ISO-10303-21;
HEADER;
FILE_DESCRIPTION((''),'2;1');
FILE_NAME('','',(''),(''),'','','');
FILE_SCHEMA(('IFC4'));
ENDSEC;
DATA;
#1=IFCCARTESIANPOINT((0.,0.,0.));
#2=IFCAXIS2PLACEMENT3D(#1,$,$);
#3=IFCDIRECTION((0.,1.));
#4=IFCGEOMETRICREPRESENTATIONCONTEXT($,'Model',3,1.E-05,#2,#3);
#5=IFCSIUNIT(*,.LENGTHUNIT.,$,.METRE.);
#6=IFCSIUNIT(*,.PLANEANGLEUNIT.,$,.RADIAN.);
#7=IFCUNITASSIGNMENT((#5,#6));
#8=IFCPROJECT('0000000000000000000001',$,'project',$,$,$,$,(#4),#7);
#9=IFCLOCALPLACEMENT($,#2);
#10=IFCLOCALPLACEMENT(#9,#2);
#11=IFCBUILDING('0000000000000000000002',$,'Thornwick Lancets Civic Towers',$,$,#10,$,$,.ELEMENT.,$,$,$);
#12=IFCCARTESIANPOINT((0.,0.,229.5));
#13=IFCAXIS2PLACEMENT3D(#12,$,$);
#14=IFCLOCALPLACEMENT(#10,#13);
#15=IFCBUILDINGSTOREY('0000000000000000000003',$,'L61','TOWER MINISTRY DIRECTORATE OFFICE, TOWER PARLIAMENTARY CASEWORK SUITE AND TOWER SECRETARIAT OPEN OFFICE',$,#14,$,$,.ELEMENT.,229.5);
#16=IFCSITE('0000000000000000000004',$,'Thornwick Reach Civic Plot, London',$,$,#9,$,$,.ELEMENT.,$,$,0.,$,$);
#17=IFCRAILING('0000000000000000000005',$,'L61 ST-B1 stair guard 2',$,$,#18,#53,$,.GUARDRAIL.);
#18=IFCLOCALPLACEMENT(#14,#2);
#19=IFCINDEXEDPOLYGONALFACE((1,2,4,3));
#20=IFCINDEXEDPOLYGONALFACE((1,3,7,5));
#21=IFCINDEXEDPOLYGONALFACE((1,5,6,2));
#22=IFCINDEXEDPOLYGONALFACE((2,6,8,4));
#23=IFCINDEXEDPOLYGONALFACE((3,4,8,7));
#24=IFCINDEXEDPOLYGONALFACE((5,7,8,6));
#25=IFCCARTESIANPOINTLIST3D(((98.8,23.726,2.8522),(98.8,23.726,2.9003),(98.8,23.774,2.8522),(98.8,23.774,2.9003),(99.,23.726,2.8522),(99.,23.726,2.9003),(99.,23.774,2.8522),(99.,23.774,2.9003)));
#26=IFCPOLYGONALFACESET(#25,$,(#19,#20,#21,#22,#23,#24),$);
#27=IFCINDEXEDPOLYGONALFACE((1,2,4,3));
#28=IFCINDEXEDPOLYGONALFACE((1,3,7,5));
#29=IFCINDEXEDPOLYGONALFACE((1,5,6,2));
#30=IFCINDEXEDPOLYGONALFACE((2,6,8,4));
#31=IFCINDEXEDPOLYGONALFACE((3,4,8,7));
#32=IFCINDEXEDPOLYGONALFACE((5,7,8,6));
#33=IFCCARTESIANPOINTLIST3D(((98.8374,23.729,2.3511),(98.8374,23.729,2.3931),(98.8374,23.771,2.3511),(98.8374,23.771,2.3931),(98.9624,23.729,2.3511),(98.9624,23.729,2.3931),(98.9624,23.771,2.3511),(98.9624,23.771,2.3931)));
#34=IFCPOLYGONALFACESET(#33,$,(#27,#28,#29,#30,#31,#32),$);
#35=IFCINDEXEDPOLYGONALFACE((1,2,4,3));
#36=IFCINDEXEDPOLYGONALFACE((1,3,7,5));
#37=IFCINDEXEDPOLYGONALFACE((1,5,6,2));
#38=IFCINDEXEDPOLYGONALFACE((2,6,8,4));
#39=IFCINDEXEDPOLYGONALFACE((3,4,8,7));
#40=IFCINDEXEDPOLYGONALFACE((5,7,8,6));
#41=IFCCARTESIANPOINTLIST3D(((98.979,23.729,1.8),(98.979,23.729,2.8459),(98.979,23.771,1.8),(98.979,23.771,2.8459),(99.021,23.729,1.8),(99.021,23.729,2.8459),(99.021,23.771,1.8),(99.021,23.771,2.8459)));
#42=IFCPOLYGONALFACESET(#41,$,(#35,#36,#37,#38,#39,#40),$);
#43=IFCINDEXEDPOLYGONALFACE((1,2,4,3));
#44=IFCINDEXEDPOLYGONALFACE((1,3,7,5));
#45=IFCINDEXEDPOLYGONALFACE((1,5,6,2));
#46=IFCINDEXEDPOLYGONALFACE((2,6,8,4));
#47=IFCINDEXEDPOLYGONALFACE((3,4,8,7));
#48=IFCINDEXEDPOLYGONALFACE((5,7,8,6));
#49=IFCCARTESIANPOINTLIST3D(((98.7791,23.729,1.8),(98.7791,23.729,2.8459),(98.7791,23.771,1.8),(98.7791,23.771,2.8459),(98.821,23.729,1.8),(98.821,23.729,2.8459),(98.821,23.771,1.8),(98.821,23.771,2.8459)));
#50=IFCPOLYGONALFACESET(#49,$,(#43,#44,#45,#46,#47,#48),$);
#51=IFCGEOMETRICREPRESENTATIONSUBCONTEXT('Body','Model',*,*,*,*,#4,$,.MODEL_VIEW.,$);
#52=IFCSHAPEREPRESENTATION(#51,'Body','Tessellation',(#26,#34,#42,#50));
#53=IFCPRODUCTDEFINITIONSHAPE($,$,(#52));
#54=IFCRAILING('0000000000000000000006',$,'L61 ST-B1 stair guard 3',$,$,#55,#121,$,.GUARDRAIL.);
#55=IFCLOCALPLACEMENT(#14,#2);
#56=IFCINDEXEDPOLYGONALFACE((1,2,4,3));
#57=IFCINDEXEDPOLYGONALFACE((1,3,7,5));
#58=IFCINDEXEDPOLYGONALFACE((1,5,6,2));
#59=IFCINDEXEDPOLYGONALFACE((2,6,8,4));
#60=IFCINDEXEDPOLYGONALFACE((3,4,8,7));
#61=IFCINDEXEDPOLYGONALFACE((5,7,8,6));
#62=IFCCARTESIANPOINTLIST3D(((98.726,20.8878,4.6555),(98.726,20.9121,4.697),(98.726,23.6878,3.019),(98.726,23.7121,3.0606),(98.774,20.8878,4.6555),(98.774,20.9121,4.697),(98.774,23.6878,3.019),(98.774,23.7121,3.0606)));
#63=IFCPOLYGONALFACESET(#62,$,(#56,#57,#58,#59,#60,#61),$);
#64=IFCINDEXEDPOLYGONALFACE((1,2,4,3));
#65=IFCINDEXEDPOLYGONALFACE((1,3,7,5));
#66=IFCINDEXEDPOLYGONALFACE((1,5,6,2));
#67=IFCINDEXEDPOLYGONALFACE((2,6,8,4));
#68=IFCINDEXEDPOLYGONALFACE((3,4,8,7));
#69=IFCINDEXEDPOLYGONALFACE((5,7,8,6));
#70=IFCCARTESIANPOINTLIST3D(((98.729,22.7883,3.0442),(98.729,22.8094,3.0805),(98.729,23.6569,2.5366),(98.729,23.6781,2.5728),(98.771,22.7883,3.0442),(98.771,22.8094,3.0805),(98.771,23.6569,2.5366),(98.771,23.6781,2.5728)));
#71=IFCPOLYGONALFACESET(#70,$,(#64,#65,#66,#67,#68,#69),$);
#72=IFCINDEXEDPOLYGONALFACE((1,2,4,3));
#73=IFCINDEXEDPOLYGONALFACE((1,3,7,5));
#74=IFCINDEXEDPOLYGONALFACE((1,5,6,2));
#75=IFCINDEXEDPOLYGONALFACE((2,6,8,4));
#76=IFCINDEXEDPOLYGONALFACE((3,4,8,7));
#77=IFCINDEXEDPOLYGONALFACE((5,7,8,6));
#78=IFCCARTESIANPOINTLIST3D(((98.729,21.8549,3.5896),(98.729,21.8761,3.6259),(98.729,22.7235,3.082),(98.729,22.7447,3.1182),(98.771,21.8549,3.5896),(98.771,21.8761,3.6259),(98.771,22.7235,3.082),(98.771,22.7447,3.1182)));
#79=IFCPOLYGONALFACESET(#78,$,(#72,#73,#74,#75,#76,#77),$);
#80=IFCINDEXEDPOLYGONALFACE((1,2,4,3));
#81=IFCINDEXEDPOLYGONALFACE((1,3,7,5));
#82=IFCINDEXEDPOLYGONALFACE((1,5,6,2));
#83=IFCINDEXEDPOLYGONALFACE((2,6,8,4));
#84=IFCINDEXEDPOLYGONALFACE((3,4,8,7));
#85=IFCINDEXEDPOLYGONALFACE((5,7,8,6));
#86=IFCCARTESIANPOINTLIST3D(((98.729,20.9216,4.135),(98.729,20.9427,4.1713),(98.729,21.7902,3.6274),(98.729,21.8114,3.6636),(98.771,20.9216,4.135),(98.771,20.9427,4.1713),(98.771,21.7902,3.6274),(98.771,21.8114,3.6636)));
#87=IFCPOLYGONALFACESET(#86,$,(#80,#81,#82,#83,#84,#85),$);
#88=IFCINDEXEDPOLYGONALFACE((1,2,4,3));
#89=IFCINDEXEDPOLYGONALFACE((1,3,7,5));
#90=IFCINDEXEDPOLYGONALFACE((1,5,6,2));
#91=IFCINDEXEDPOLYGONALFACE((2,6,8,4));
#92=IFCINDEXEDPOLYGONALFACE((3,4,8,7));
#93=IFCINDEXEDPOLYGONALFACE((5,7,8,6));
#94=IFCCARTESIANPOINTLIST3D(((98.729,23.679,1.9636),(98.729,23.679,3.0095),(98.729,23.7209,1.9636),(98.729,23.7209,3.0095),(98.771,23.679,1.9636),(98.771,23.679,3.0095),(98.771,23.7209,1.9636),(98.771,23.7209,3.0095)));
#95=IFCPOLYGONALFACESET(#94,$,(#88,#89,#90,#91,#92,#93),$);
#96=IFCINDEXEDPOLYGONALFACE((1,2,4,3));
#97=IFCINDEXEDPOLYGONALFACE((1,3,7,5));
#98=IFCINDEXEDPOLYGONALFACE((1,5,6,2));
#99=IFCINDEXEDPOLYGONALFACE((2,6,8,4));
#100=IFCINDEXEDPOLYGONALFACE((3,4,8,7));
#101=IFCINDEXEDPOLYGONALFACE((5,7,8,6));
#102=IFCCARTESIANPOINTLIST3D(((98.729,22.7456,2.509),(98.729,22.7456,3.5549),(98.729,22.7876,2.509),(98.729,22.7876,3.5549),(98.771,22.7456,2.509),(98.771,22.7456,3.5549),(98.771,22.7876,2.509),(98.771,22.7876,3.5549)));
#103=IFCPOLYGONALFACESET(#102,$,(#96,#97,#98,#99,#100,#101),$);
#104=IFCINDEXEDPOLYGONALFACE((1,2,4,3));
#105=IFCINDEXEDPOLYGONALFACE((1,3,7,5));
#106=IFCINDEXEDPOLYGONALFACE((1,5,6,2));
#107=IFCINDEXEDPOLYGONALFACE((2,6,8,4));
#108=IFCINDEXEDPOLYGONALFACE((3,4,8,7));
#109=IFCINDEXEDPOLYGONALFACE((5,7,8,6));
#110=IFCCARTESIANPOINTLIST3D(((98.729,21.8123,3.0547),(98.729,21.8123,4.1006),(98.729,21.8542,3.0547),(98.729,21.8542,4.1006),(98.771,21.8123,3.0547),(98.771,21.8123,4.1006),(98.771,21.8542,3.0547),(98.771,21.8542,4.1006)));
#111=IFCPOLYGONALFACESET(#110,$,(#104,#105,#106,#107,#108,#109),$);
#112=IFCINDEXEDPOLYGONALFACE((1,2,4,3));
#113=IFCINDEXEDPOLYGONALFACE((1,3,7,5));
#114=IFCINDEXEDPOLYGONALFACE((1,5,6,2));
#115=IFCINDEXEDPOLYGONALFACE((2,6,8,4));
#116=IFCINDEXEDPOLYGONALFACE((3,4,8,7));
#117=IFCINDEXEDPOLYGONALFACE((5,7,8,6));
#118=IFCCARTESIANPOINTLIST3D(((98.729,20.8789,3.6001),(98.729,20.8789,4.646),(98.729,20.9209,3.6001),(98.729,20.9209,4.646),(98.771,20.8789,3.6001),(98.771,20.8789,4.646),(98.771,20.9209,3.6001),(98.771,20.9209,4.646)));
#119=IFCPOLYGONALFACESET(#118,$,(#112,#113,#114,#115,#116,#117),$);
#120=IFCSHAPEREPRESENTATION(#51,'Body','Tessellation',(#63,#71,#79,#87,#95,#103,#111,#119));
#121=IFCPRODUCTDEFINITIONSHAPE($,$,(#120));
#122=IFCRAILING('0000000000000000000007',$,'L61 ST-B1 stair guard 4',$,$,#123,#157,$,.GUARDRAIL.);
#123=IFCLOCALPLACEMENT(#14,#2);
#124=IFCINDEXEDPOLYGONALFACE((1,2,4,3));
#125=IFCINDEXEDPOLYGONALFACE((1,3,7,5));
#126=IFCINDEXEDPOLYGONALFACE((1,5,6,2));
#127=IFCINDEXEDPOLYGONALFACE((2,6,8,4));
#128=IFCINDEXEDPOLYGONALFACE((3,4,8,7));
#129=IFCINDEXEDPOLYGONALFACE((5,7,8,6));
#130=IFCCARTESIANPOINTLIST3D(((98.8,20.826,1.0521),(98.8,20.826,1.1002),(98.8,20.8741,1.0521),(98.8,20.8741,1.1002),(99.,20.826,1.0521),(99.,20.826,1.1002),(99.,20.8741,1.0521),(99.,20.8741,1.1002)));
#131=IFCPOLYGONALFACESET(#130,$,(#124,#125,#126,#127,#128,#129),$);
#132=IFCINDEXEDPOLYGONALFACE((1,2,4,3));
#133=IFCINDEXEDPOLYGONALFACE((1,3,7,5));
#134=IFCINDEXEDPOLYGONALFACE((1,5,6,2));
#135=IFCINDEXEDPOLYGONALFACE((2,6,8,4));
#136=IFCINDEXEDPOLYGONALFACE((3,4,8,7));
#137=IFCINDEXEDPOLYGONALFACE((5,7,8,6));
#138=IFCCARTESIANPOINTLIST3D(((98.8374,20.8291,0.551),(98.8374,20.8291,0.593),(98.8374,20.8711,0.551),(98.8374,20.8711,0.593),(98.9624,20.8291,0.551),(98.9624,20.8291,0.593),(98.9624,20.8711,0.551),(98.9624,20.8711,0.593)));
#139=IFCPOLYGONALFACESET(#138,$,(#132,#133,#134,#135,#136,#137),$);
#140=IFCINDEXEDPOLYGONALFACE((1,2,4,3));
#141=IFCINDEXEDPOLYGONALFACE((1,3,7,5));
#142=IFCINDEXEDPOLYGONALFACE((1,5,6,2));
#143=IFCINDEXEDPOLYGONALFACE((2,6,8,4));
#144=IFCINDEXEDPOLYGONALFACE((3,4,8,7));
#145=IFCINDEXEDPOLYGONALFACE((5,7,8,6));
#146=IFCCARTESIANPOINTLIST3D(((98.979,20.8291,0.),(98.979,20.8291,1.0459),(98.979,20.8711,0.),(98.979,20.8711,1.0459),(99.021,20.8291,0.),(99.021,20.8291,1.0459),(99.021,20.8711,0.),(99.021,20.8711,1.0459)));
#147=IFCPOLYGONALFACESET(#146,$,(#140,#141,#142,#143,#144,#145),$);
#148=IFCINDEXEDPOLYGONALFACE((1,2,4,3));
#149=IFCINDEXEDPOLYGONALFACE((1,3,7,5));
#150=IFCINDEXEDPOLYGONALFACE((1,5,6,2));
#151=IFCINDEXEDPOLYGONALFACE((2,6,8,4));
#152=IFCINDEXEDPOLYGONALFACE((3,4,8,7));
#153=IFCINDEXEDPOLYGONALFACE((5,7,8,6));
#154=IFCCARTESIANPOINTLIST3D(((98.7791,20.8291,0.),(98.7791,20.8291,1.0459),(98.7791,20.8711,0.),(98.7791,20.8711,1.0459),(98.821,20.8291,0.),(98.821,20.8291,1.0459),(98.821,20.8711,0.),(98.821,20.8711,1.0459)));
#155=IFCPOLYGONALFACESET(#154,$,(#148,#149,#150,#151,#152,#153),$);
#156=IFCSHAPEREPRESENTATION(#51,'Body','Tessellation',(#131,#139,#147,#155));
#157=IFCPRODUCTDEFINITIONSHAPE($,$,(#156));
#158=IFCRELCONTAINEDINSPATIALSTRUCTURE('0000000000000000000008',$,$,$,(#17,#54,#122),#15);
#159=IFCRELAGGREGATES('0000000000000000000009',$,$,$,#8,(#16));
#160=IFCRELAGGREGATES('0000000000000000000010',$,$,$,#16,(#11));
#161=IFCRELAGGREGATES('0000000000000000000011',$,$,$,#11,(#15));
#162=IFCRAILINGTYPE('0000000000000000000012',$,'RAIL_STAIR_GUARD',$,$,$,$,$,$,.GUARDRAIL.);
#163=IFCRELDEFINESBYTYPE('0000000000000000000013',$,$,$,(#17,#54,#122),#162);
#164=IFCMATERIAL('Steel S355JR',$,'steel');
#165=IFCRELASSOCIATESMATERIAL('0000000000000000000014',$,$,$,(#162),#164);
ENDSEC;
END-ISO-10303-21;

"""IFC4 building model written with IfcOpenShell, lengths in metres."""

from ifc_helpers import new_model, si_unit, direction, frame, origin, origin_2d, place, context, subcontext, project, spatial, rectangle, extrude, material, type_object, element, save


model = new_model("IFC4")

# Units and contexts
model_context = context("Model", 3, precision=1e-05, world=origin(), true_north=direction((0.0, 1.0)))
body_context = subcontext(model_context, "Body", "Model", "MODEL_VIEW")
ifc_project = project(units=[si_unit("LENGTHUNIT", "METRE"), si_unit("PLANEANGLEUNIT", "RADIAN")], contexts=[model_context])

# Site, building, storey
site_placement = place(None, origin())
site = spatial("IfcSite", under=ifc_project, at=site_placement, Name="Thornwick Reach Civic Plot, London", CompositionType="ELEMENT", RefElevation=0.0)
building_placement = place(site_placement, origin())
building = spatial("IfcBuilding", under=site, at=building_placement, Name="Thornwick Lancets Civic Towers", CompositionType="ELEMENT")
storey_placement = place(building_placement, frame((0.0, 0.0, 229.5)))
storey = spatial("IfcBuildingStorey", under=building, at=storey_placement, Name="L61", Description="TOWER MINISTRY DIRECTORATE OFFICE, TOWER PARLIAMENTARY CASEWORK SUITE AND TOWER SECRETARIAT OPEN OFFICE", CompositionType="ELEMENT", Elevation=229.5)

# Shared definitions
ifc_material_1 = material(Name="Steel S355JR", Category="steel")

# Railings
railing_type_1 = type_object("IfcRailingType", Name="RAIL_STAIR_GUARD", PredefinedType="GUARDRAIL", material=ifc_material_1)
railing_1_placement = place(storey_placement, frame((99.0, 23.75, 1.8)))
element("IfcRailing", 1, at=railing_1_placement, inside=storey, type_object=railing_type_1, Name="L61 ST-B1 stair guard 2", PredefinedType="GUARDRAIL", context=body_context, shape_type="SweptSolid", body=[
    extrude(rectangle(XDim=0.0481, YDim=0.0481, at=origin_2d()), frame((0.0, 0.0, 1.0762), z_axis=(-1.0, 0.0, 0.0), x_axis=(0.0, -1.0, 0.0)), (0.0, 0.0, 1.0), 0.2),
    extrude(rectangle(XDim=0.042, YDim=0.042, at=origin_2d()), frame((-0.0376, 0.0, 0.572), z_axis=(-1.0, 0.0, 0.0), x_axis=(0.0, -1.0, 0.0)), (0.0, 0.0, 1.0), 0.125),
    extrude(rectangle(XDim=0.042, YDim=0.042, at=origin_2d()), origin(), (0.0, 0.0, 1.0), 1.0459),
    extrude(rectangle(XDim=0.042, YDim=0.042, at=origin_2d()), frame((-0.2, 0.0, 0.0)), (0.0, 0.0, 1.0), 1.0459),
])
railing_2_placement = place(storey_placement, frame((98.75, 23.7, 1.9636)))
element("IfcRailing", 2, at=railing_2_placement, inside=storey, type_object=railing_type_1, Name="L61 ST-B1 stair guard 3", PredefinedType="GUARDRAIL", context=body_context, shape_type="SweptSolid", body=[
    extrude(rectangle(XDim=0.0481, YDim=0.0481, at=origin_2d()), frame((0.0, 0.0, 1.0762), z_axis=(0.0, -0.863361, 0.504587), x_axis=(1.0, 0.0, 0.0)), (0.0, 0.0, 1.0), 3.2432),
    extrude(rectangle(XDim=0.042, YDim=0.042, at=origin_2d()), frame((0.0, -0.0325, 0.5911), z_axis=(0.0, -0.863361, 0.504587), x_axis=(1.0, 0.0, 0.0)), (0.0, 0.0, 1.0), 1.0061),
    extrude(rectangle(XDim=0.042, YDim=0.042, at=origin_2d()), frame((0.0, -0.9658, 1.1365), z_axis=(0.0, -0.863361, 0.504587), x_axis=(1.0, 0.0, 0.0)), (0.0, 0.0, 1.0), 1.0061),
    extrude(rectangle(XDim=0.042, YDim=0.042, at=origin_2d()), frame((0.0, -1.8992, 1.6819), z_axis=(0.0, -0.863361, 0.504587), x_axis=(1.0, 0.0, 0.0)), (0.0, 0.0, 1.0), 1.0061),
    extrude(rectangle(XDim=0.042, YDim=0.042, at=origin_2d()), origin(), (0.0, 0.0, 1.0), 1.0459),
    extrude(rectangle(XDim=0.042, YDim=0.042, at=origin_2d()), frame((0.0, -0.9333, 0.5454)), (0.0, 0.0, 1.0), 1.0459),
    extrude(rectangle(XDim=0.042, YDim=0.042, at=origin_2d()), frame((0.0, -1.8667, 1.0911)), (0.0, 0.0, 1.0), 1.0459),
    extrude(rectangle(XDim=0.042, YDim=0.042, at=origin_2d()), frame((0.0, -2.8, 1.6365)), (0.0, 0.0, 1.0), 1.0459),
])
railing_3_placement = place(storey_placement, frame((99.0, 20.8501, 0.0)))
element("IfcRailing", 3, at=railing_3_placement, inside=storey, type_object=railing_type_1, Name="L61 ST-B1 stair guard 4", PredefinedType="GUARDRAIL", context=body_context, shape_type="SweptSolid", body=[
    extrude(rectangle(XDim=0.0481, YDim=0.0481, at=origin_2d()), frame((0.0, 0.0, 1.0762), z_axis=(-1.0, 0.0, 0.0), x_axis=(0.0, -1.0, 0.0)), (0.0, 0.0, 1.0), 0.2),
    extrude(rectangle(XDim=0.042, YDim=0.042, at=origin_2d()), frame((-0.0376, 0.0, 0.572), z_axis=(-1.0, 0.0, 0.0), x_axis=(0.0, -1.0, 0.0)), (0.0, 0.0, 1.0), 0.125),
    extrude(rectangle(XDim=0.042, YDim=0.042, at=origin_2d()), origin(), (0.0, 0.0, 1.0), 1.0459),
    extrude(rectangle(XDim=0.042, YDim=0.042, at=origin_2d()), frame((-0.2, 0.0, 0.0)), (0.0, 0.0, 1.0), 1.0459),
])

save(model, "model.ifc")
